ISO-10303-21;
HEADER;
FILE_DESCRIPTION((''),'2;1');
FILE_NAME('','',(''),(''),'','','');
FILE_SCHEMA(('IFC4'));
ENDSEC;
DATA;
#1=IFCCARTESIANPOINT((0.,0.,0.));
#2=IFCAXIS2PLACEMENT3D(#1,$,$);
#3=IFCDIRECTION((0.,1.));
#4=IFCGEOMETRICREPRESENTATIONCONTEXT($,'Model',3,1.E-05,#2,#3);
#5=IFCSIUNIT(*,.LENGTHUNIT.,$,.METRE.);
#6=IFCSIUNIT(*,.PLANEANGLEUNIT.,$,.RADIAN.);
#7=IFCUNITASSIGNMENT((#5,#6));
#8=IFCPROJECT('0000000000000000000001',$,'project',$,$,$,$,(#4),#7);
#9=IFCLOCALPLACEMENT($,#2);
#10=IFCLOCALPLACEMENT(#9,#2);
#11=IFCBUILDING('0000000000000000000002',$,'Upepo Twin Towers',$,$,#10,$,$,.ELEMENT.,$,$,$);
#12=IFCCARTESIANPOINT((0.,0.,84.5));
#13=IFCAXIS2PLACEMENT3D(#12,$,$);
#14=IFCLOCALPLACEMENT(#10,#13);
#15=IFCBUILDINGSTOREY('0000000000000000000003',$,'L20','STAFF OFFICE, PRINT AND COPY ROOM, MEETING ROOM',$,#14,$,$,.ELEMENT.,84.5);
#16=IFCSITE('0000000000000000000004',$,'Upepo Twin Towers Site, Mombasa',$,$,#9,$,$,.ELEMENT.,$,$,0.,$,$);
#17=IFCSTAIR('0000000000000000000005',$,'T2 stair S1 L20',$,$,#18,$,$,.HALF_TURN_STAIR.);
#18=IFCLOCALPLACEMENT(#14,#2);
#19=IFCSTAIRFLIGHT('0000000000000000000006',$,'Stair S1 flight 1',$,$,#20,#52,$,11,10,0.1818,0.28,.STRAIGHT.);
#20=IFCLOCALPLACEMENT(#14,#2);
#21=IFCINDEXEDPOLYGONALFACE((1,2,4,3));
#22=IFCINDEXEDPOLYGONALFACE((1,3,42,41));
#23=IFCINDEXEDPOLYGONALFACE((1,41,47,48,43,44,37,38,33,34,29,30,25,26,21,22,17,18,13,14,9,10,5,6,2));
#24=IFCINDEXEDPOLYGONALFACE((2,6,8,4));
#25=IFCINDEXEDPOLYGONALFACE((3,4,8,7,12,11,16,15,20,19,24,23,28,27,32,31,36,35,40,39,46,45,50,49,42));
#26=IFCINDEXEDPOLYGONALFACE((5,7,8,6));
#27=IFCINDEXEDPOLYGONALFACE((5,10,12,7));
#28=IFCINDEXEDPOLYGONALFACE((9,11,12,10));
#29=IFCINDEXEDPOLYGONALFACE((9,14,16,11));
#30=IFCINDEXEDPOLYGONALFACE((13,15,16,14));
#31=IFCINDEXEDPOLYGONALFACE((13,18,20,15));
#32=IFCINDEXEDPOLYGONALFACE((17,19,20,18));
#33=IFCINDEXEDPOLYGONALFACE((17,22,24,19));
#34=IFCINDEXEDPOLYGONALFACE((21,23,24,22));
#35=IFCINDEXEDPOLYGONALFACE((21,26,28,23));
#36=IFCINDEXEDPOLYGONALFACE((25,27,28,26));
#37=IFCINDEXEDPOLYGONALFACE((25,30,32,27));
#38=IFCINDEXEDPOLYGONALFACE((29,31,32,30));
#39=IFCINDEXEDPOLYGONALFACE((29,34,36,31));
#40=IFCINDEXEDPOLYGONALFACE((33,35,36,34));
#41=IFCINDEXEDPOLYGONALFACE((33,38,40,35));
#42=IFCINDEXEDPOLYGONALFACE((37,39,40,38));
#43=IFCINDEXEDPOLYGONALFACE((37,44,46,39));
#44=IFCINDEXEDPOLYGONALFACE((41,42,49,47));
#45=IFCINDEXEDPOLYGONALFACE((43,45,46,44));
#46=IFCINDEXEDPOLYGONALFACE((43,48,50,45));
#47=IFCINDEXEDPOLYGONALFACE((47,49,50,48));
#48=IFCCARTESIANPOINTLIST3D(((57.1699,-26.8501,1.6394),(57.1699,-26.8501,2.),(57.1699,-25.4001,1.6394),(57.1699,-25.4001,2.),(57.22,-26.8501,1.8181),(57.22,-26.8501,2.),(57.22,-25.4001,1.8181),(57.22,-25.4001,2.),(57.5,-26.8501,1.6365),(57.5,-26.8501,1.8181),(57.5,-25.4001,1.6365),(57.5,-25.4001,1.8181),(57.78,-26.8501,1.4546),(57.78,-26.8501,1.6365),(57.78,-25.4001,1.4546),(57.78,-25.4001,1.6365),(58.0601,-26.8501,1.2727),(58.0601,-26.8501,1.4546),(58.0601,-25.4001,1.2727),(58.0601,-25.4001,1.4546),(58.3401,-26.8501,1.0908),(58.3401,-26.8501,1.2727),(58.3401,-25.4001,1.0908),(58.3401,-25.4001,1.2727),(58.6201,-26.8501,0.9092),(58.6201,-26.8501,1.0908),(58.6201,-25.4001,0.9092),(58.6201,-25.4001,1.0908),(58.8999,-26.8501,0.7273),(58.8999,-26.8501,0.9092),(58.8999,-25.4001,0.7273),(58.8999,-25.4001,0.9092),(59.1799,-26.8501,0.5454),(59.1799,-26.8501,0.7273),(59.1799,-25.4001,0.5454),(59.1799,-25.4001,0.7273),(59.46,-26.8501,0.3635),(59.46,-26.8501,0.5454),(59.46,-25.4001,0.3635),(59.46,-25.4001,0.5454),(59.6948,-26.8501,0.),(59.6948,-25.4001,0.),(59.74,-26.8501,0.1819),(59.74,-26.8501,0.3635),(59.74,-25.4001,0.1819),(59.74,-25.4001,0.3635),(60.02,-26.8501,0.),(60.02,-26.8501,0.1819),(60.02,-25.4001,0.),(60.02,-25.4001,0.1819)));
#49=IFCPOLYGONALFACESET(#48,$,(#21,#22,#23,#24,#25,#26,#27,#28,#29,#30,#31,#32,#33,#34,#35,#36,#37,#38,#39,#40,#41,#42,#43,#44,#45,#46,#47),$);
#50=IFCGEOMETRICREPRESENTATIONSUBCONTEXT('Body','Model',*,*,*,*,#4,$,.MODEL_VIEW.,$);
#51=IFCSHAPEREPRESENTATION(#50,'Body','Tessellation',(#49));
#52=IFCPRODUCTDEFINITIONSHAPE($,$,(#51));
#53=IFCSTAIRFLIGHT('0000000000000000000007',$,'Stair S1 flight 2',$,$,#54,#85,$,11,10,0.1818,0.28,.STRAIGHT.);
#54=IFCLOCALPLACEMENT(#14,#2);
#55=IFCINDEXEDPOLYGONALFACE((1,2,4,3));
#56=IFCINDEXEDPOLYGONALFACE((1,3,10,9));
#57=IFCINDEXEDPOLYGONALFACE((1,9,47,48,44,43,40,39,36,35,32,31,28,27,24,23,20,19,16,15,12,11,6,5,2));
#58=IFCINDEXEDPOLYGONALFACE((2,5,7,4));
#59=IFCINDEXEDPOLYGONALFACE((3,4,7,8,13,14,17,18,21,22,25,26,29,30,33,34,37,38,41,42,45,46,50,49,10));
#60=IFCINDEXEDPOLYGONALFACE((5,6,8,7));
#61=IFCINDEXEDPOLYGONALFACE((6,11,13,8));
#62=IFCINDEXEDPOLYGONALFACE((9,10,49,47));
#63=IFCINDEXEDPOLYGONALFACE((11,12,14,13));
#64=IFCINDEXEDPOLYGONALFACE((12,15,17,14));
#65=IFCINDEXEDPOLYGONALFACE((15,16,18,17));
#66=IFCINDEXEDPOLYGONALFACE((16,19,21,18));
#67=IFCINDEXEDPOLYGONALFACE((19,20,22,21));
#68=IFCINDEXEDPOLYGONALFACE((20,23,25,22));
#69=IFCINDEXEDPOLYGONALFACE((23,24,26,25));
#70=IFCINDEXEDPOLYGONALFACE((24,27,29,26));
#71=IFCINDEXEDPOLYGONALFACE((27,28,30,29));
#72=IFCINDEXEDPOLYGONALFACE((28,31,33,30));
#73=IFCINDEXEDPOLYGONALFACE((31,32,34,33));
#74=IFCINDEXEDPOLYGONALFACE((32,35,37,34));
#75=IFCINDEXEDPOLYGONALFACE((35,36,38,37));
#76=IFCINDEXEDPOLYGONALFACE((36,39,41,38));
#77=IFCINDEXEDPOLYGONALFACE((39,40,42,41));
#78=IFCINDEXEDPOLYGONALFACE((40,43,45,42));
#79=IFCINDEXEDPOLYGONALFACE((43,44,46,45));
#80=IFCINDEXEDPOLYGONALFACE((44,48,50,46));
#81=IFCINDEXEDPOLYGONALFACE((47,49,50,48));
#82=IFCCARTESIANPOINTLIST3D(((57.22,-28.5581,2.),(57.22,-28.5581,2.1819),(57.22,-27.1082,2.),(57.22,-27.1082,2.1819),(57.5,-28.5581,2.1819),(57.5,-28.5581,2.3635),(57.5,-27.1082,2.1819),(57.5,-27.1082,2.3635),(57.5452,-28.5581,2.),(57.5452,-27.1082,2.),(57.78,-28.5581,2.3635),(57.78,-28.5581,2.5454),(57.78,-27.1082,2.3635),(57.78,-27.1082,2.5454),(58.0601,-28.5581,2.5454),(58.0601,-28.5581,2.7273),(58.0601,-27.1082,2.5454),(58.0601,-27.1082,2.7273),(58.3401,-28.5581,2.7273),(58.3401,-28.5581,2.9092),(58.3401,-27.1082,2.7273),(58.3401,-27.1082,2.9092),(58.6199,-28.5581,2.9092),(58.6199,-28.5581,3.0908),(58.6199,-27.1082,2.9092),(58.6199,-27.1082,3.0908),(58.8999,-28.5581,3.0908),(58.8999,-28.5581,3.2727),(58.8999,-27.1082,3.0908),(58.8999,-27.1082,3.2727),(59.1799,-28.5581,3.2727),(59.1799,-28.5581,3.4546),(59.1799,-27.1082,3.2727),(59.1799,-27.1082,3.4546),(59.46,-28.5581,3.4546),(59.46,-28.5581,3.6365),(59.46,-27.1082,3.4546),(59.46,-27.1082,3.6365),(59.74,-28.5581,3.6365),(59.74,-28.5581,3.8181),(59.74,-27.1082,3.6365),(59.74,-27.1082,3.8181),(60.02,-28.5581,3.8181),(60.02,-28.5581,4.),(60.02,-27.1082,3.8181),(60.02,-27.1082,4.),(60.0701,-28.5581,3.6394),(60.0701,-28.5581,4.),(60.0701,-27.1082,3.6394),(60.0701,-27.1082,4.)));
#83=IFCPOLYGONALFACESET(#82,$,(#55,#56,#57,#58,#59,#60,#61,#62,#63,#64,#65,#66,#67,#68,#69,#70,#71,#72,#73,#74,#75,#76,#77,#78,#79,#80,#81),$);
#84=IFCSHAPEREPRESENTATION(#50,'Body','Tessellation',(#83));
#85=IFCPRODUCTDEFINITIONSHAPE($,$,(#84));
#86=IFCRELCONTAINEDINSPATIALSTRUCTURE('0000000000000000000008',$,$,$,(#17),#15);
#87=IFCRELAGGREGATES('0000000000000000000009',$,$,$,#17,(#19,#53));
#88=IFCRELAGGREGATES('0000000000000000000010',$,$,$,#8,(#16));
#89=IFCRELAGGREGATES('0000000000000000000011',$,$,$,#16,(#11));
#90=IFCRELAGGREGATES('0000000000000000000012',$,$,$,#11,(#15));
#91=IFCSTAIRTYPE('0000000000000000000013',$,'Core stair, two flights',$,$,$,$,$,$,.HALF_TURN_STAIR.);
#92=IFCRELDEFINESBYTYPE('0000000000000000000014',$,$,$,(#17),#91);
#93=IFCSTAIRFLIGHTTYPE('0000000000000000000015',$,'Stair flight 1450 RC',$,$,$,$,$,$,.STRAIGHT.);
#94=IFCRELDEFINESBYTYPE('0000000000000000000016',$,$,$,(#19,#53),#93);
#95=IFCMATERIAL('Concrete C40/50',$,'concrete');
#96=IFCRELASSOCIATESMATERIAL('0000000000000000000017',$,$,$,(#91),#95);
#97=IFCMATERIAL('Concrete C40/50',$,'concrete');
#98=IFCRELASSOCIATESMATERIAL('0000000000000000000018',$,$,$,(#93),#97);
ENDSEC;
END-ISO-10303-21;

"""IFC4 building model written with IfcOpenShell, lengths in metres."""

from ifc_helpers import new_model, si_unit, direction, frame, origin, place, context, subcontext, project, spatial, polyline, outline, extrude, material, type_object, element, aggregate, save


model = new_model("IFC4")

# Units and contexts
model_context = context("Model", 3, precision=1e-05, world=origin(), true_north=direction((0.0, 1.0)))
body_context = subcontext(model_context, "Body", "Model", "MODEL_VIEW")
ifc_project = project(units=[si_unit("LENGTHUNIT", "METRE"), si_unit("PLANEANGLEUNIT", "RADIAN")], contexts=[model_context])

# Site, building, storey
site_placement = place(None, origin())
site = spatial("IfcSite", under=ifc_project, at=site_placement, Name="Upepo Twin Towers Site, Mombasa", CompositionType="ELEMENT", RefElevation=0.0)
building_placement = place(site_placement, origin())
building = spatial("IfcBuilding", under=site, at=building_placement, Name="Upepo Twin Towers", CompositionType="ELEMENT")
storey_placement = place(building_placement, frame((0.0, 0.0, 84.5)))
storey = spatial("IfcBuildingStorey", under=building, at=storey_placement, Name="L20", Description="STAFF OFFICE, PRINT AND COPY ROOM, MEETING ROOM", CompositionType="ELEMENT", Elevation=84.5)

# Stair, stair flights
ifc_material_1 = material(Name="Concrete C40/50", Category="concrete")
stair_type = type_object("IfcStairType", Name="Core stair, two flights", PredefinedType="HALF_TURN_STAIR", material=ifc_material_1)
stair_placement = place(storey_placement, origin())
stair = element("IfcStair", 1, at=stair_placement, inside=storey, type_object=stair_type, Name="T2 stair S1 L20", PredefinedType="HALF_TURN_STAIR")
ifc_material_2 = material(Name="Concrete C40/50", Category="concrete")
stair_flight_type = type_object("IfcStairFlightType", Name="Stair flight 1450 RC", PredefinedType="STRAIGHT", material=ifc_material_2)
stair_flight_1_placement = place(storey_placement, frame((60.02, -26.125, 0.0), z_axis=(0.0, 0.0, 1.0), x_axis=(-1.0, 0.0, 0.0)))
stair_flight_1 = element("IfcStairFlight", 2, at=stair_flight_1_placement, type_object=stair_flight_type, Name="Stair S1 flight 1", NumberOfRisers=11, NumberOfTreads=10, PredefinedType="STRAIGHT", RiserHeight=0.1818, TreadLength=0.28, context=body_context, shape_type="SweptSolid", body=[
    extrude(outline(polyline([(0.0, 0.0), (0.0, 0.1819), (0.28, 0.1819), (0.28, 0.3635), (0.5601, 0.3635), (0.5601, 0.5454), (0.8401, 0.5454), (0.8401, 0.7273), (1.1201, 0.7273), (1.1201, 0.9092), (1.3999, 0.9092), (1.3999, 1.0908), (1.6799, 1.0908), (1.6799, 1.2727), (1.96, 1.2727), (1.96, 1.4546), (2.24, 1.4546), (2.24, 1.6365), (2.52, 1.6365), (2.52, 1.8181), (2.8, 1.8181), (2.8, 2.0), (2.8501, 2.0), (2.8501, 1.6394), (0.3252, 0.0), (0.0, 0.0)])), frame((0.0, 0.7251, 0.0), z_axis=(0.0, -1.0, 0.0), x_axis=(1.0, 0.0, 0.0)), (0.0, 0.0, 1.0), 1.45),
])
stair_flight_2_placement = place(storey_placement, frame((57.22, -27.8333, 2.0), z_axis=(0.0, 0.0, 1.0), x_axis=(1.0, 0.0, 0.0)))
stair_flight_2 = element("IfcStairFlight", 3, at=stair_flight_2_placement, type_object=stair_flight_type, Name="Stair S1 flight 2", NumberOfRisers=11, NumberOfTreads=10, PredefinedType="STRAIGHT", RiserHeight=0.1818, TreadLength=0.28, context=body_context, shape_type="SweptSolid", body=[
    extrude(outline(polyline([(0.0, 0.0), (0.0, 0.1819), (0.28, 0.1819), (0.28, 0.3635), (0.5601, 0.3635), (0.5601, 0.5454), (0.8401, 0.5454), (0.8401, 0.7273), (1.1201, 0.7273), (1.1201, 0.9092), (1.3999, 0.9092), (1.3999, 1.0908), (1.6799, 1.0908), (1.6799, 1.2727), (1.96, 1.2727), (1.96, 1.4546), (2.24, 1.4546), (2.24, 1.6365), (2.52, 1.6365), (2.52, 1.8181), (2.8, 1.8181), (2.8, 2.0), (2.8501, 2.0), (2.8501, 1.6394), (0.3252, 0.0), (0.0, 0.0)])), frame((0.0, 0.7251, 0.0), z_axis=(0.0, -1.0, 0.0), x_axis=(1.0, 0.0, 0.0)), (0.0, 0.0, 1.0), 1.45),
])
aggregate(stair, [stair_flight_1, stair_flight_2])

save(model, "model.ifc")
